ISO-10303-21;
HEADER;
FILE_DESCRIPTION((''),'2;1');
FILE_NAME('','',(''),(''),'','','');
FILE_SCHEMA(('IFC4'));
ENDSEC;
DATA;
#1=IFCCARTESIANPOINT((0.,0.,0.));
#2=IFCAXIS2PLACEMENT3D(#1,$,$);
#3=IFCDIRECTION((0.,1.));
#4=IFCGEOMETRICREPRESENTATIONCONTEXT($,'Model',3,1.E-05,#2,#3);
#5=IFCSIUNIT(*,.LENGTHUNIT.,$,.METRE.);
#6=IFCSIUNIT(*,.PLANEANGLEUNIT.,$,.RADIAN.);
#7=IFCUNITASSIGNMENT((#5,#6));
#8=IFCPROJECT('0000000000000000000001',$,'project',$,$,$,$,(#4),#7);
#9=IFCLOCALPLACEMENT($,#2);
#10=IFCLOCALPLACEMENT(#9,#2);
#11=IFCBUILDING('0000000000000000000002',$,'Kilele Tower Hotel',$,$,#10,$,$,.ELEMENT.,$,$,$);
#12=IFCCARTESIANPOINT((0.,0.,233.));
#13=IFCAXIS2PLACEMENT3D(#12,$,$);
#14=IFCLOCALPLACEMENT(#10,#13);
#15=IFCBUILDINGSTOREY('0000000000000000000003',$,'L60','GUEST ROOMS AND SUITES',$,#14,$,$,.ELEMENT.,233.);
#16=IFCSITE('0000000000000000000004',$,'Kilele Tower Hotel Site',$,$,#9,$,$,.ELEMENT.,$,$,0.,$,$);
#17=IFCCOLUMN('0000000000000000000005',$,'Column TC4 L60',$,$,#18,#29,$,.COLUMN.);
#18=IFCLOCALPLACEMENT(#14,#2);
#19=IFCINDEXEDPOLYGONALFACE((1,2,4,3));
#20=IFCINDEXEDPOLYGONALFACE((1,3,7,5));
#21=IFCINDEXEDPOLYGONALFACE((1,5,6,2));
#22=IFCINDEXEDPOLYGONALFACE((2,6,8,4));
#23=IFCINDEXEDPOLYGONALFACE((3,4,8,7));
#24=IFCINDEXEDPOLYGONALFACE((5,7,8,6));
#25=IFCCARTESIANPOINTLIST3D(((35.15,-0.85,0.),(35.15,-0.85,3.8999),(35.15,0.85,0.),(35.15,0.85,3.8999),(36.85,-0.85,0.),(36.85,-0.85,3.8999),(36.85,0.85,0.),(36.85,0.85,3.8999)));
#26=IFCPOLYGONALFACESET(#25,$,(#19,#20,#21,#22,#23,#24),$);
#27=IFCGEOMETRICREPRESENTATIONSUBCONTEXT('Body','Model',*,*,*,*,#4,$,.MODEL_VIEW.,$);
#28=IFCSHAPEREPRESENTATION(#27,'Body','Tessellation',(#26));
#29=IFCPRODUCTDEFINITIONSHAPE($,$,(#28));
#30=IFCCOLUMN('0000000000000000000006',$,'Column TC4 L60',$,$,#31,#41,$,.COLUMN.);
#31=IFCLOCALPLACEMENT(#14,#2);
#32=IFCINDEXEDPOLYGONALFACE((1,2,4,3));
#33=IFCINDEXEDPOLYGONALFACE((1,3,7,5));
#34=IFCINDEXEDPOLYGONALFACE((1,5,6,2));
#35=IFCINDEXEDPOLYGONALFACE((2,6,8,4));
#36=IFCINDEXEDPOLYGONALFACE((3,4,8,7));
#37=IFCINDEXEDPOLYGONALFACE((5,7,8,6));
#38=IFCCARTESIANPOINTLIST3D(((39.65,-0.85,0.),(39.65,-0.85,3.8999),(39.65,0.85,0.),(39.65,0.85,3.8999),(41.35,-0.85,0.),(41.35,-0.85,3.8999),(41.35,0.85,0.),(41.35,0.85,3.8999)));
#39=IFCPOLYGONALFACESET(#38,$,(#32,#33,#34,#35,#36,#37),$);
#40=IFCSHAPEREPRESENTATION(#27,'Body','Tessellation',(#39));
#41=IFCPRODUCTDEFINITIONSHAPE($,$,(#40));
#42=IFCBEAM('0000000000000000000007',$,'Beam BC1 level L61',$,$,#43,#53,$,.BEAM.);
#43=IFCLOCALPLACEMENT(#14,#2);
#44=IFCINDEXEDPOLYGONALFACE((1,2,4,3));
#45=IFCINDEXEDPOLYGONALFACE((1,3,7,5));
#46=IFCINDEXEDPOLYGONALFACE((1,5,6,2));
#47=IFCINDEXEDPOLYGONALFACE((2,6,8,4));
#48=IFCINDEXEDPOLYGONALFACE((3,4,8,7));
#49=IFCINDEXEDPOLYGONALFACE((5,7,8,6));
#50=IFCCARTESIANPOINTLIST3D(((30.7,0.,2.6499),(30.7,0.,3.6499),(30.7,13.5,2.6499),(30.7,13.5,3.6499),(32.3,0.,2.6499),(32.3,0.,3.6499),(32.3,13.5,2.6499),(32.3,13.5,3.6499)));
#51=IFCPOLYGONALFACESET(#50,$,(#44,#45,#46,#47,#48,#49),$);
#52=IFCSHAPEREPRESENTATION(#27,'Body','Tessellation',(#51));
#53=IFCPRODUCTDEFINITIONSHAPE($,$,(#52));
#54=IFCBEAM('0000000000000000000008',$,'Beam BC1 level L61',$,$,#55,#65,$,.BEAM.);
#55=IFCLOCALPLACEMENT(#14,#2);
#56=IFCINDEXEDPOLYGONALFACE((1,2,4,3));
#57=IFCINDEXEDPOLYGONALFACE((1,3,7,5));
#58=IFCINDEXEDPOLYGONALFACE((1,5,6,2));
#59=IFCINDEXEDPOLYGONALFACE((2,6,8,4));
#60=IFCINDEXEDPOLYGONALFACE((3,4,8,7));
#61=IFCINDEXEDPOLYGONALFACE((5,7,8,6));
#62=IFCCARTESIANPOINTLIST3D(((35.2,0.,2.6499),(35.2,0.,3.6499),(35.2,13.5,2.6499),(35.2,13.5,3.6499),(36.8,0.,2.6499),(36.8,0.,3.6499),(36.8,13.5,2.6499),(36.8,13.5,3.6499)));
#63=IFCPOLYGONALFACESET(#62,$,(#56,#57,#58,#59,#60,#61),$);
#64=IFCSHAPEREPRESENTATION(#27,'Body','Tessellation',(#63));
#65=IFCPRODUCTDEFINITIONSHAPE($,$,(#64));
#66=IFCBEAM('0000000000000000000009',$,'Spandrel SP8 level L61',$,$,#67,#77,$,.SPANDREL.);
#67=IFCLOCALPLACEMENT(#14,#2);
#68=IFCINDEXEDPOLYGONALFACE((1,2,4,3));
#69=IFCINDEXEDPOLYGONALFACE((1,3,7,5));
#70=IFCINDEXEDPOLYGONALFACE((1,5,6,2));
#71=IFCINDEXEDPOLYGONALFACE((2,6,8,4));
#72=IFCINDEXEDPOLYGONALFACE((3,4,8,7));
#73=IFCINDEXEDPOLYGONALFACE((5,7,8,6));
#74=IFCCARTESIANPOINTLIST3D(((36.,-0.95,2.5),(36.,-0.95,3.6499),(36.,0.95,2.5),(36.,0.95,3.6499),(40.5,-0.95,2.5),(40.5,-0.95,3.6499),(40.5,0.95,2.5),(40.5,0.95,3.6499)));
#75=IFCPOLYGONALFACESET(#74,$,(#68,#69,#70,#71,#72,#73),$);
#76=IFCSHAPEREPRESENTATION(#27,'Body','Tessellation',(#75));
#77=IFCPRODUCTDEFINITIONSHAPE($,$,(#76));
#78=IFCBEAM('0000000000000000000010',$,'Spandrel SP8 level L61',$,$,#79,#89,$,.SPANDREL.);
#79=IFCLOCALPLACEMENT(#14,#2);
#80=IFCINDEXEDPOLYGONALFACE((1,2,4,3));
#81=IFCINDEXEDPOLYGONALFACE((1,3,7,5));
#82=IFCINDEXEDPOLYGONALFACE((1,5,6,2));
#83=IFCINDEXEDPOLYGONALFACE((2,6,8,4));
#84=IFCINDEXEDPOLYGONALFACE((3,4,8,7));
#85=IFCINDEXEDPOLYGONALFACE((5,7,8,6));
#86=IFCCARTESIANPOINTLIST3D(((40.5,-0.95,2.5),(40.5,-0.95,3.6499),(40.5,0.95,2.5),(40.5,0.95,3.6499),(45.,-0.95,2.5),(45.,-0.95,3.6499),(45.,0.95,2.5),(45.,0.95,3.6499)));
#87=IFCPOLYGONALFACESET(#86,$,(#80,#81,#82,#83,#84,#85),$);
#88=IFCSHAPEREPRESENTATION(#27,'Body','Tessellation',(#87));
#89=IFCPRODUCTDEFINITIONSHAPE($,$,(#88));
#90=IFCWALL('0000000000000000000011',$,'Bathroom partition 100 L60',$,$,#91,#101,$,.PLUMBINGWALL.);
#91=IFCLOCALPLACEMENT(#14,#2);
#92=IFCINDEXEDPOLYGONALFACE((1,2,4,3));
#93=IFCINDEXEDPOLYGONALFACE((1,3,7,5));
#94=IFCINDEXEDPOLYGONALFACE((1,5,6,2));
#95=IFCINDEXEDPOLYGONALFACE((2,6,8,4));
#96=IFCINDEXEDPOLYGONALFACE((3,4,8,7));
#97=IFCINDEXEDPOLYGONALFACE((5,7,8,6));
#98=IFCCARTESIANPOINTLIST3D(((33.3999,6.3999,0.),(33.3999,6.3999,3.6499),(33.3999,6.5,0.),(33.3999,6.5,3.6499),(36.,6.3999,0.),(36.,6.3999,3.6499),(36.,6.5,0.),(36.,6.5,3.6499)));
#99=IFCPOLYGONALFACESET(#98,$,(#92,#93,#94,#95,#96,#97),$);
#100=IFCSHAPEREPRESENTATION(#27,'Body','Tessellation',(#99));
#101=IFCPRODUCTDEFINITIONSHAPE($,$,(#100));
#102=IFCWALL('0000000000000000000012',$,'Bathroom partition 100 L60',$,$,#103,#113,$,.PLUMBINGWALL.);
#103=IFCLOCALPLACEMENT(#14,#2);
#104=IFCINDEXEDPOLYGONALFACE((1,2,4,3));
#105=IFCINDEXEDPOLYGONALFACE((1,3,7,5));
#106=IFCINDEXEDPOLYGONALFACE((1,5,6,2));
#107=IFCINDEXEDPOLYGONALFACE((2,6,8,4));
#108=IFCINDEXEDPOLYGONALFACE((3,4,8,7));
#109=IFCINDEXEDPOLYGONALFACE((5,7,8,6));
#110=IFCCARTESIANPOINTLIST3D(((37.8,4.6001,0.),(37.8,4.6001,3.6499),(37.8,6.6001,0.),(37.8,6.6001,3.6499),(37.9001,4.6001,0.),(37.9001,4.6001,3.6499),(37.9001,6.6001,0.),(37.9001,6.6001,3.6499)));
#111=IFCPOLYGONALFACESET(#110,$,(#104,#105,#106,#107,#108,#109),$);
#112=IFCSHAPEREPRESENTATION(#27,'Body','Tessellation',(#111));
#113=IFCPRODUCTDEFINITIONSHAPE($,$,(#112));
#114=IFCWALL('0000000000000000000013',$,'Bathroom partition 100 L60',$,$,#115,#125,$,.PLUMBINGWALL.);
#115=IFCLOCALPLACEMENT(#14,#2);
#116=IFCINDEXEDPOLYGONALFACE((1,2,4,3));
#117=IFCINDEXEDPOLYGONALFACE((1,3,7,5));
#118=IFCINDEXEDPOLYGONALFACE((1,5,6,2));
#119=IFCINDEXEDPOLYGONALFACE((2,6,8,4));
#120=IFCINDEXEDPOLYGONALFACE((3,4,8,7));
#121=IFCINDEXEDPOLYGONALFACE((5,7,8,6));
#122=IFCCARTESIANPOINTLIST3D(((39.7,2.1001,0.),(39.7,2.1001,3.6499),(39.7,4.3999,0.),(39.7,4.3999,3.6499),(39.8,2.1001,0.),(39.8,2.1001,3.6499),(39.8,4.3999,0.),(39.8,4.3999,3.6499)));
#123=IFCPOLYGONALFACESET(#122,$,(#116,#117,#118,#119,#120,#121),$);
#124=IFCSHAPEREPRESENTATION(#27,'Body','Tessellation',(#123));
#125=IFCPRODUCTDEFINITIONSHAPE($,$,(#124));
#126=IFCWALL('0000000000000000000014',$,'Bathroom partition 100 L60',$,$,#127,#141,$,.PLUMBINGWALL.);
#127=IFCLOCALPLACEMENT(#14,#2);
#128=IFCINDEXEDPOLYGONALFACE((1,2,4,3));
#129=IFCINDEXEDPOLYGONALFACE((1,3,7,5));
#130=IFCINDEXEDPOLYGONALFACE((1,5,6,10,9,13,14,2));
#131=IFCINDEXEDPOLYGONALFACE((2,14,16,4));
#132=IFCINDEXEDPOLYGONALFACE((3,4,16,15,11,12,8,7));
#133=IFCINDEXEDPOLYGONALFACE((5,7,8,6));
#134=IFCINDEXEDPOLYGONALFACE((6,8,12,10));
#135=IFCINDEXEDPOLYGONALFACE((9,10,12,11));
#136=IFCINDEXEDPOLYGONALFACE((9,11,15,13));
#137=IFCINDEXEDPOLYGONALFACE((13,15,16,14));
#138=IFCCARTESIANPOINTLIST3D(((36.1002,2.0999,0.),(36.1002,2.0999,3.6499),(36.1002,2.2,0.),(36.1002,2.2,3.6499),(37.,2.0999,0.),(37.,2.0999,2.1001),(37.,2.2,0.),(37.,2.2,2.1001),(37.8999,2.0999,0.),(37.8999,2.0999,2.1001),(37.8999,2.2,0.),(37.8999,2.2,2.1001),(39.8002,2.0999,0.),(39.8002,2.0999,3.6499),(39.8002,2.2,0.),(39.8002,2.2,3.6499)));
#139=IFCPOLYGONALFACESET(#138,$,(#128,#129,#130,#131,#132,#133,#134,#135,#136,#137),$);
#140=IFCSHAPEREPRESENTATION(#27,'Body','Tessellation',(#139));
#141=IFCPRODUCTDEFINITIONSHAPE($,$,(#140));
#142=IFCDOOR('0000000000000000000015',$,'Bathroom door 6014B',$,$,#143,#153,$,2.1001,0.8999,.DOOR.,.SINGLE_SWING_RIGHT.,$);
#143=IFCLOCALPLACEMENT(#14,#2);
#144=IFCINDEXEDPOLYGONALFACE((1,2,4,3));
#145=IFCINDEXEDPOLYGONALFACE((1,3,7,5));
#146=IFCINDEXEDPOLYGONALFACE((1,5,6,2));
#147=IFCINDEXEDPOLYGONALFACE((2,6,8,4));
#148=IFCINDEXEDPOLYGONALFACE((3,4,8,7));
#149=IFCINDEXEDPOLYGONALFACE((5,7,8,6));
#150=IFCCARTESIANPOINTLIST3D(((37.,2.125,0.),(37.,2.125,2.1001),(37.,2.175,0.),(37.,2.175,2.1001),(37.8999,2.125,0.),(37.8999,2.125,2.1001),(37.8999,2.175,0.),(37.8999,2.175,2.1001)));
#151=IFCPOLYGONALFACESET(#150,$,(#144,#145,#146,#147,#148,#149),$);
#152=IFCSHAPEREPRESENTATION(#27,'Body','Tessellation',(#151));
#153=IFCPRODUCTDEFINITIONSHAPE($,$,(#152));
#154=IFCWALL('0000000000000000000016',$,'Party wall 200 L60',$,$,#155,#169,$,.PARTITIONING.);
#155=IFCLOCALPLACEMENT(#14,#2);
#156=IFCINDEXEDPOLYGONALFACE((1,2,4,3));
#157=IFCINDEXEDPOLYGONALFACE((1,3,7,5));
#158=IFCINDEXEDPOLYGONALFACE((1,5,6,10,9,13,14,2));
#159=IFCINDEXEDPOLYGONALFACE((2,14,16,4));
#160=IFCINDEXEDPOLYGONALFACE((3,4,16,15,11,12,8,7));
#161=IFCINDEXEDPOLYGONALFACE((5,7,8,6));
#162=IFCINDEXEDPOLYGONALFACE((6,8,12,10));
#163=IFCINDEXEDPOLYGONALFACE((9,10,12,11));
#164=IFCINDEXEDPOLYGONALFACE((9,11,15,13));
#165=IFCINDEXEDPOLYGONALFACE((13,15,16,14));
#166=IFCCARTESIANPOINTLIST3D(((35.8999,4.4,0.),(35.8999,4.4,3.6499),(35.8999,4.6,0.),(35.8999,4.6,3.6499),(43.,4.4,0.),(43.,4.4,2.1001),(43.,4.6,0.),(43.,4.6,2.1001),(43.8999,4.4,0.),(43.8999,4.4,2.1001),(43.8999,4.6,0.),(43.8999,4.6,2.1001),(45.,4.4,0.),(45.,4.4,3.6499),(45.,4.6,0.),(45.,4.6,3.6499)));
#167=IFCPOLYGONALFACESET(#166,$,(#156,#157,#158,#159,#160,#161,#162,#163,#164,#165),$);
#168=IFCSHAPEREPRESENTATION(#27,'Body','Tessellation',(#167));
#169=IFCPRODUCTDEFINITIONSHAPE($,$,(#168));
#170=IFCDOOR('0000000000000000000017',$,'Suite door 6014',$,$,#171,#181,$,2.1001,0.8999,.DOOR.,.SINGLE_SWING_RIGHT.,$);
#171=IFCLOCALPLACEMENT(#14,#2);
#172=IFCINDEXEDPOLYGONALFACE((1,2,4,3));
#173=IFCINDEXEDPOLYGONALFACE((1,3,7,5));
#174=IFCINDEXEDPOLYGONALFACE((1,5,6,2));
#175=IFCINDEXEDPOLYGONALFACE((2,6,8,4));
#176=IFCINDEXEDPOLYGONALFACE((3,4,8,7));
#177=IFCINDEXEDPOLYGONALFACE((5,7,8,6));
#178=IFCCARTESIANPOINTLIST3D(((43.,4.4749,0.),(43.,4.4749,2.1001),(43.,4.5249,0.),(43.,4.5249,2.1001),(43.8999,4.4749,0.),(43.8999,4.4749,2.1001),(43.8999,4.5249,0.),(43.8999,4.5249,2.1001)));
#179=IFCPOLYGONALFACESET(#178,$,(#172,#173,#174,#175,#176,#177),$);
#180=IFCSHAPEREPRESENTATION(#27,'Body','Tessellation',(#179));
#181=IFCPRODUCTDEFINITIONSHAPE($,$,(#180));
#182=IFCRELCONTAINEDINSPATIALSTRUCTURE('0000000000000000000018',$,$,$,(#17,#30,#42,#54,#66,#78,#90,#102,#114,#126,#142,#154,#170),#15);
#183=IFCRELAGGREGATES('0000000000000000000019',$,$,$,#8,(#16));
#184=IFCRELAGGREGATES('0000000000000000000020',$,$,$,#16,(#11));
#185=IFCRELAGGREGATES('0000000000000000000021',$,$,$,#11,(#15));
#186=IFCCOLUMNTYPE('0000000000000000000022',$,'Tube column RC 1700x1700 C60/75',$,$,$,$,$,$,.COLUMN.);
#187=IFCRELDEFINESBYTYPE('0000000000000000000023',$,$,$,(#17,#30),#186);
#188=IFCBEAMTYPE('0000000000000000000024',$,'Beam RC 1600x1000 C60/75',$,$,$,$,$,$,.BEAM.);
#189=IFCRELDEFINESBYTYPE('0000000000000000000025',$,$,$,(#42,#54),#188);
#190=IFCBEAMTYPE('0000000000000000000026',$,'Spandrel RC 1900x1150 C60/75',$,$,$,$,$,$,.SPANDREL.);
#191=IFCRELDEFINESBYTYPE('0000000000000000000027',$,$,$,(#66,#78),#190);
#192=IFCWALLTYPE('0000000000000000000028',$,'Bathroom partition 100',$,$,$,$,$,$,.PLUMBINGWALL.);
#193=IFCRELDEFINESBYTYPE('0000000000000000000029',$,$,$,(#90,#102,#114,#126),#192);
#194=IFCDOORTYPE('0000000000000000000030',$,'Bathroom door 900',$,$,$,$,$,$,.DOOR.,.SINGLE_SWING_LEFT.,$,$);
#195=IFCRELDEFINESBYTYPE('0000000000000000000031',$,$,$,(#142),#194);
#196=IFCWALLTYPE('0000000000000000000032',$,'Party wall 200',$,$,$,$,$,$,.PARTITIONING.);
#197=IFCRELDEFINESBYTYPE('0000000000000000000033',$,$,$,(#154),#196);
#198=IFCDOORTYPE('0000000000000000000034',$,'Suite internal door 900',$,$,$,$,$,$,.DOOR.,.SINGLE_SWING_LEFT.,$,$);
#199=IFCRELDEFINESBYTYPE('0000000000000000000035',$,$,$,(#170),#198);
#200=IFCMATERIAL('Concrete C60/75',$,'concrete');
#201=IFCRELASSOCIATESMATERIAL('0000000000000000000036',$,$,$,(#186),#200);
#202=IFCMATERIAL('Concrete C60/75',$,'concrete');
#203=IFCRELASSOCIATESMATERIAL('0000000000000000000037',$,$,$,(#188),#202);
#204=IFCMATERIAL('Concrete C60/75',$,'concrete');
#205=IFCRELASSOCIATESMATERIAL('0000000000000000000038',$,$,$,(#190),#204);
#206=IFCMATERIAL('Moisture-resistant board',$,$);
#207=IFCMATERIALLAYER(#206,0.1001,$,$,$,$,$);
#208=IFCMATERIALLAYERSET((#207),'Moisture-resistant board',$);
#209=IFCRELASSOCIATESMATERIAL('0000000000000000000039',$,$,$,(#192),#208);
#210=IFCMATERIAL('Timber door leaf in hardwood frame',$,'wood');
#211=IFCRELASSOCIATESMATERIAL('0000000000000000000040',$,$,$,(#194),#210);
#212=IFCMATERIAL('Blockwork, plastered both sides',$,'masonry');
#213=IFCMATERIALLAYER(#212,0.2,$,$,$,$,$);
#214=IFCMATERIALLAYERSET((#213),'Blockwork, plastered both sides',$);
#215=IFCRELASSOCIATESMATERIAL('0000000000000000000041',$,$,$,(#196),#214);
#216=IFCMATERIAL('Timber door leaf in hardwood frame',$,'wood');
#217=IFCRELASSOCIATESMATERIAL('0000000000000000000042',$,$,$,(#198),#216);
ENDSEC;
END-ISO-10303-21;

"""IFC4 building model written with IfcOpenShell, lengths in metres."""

from ifc_helpers import new_model, si_unit, direction, frame, frame_2d, origin, origin_2d, place, context, subcontext, project, spatial, rectangle, extrude, material, layer, layer_set, material_profile, profile_set, type_object, element, fill, save


model = new_model("IFC4")

# Units and contexts
model_context = context("Model", 3, precision=1e-05, world=origin(), true_north=direction((0.0, 1.0)))
body_context = subcontext(model_context, "Body", "Model", "MODEL_VIEW")
ifc_project = project(units=[si_unit("LENGTHUNIT", "METRE"), si_unit("PLANEANGLEUNIT", "RADIAN")], contexts=[model_context])

# Site, building, storey
site_placement = place(None, origin())
site = spatial("IfcSite", under=ifc_project, at=site_placement, Name="Kilele Tower Hotel Site", CompositionType="ELEMENT", RefElevation=0.0)
building_placement = place(site_placement, origin())
building = spatial("IfcBuilding", under=site, at=building_placement, Name="Kilele Tower Hotel", CompositionType="ELEMENT")
storey_placement = place(building_placement, frame((0.0, 0.0, 233.0)))
storey = spatial("IfcBuildingStorey", under=building, at=storey_placement, Name="L60", Description="GUEST ROOMS AND SUITES", CompositionType="ELEMENT", Elevation=233.0)

# Columns
ifc_material_1 = material(Name="Concrete C60/75", Category="concrete")
ifc_material_profile_1 = material_profile(ifc_material_1, rectangle(XDim=1.7, YDim=1.7, at=origin_2d()))
ifc_profile_set_1 = profile_set([ifc_material_profile_1], Name="Concrete C60/75")
column_type = type_object("IfcColumnType", Name="Tube column RC 1700x1700 C60/75", PredefinedType="COLUMN", material=ifc_profile_set_1)
for number, where, z_axis, x_axis, name in (
    (1, (36.0, 0.0, 0.0), (0.0, 0.0, 1.0), (1.0, 0.0, 0.0), "Column TC4 L60"),
    (2, (40.5, 0.0, 0.0), (0.0, 0.0, 1.0), (1.0, 0.0, 0.0), "Column TC4 L60"),
):
    element("IfcColumn", number, at=place(storey_placement, frame(where, z_axis=z_axis, x_axis=x_axis)), inside=storey, type_object=column_type, Name=name, PredefinedType="COLUMN", context=body_context, shape_type="SweptSolid", body=[
        extrude(rectangle(XDim=1.7, YDim=1.7, at=origin_2d()), origin(), (0.0, 0.0, 1.0), 3.8999),
    ])

# Beams
ifc_material_2 = material(Name="Concrete C60/75", Category="concrete")
ifc_material_profile_2 = material_profile(ifc_material_2, rectangle(XDim=1.6001, YDim=1.0, at=origin_2d()))
ifc_profile_set_2 = profile_set([ifc_material_profile_2], Name="Concrete C60/75")
beam_type_1 = type_object("IfcBeamType", Name="Beam RC 1600x1000 C60/75", PredefinedType="BEAM", material=ifc_profile_set_2)
for number, where, z_axis, x_axis, name in (
    (3, (31.5, 0.0, 3.1499), (0.0, 1.0, 0.0), (-1.0, 0.0, 0.0), "Beam BC1 level L61"),
    (4, (36.0, 0.0, 3.1499), (0.0, 1.0, 0.0), (-1.0, 0.0, 0.0), "Beam BC1 level L61"),
):
    element("IfcBeam", number, at=place(storey_placement, frame(where, z_axis=z_axis, x_axis=x_axis)), inside=storey, type_object=beam_type_1, Name=name, PredefinedType="BEAM", context=body_context, shape_type="SweptSolid", body=[
        extrude(rectangle(XDim=1.6001, YDim=1.0, at=origin_2d()), origin(), (0.0, 0.0, 1.0), 13.5),
    ])
ifc_material_3 = material(Name="Concrete C60/75", Category="concrete")
ifc_material_profile_3 = material_profile(ifc_material_3, rectangle(XDim=1.8999, YDim=1.1499, at=origin_2d()))
ifc_profile_set_3 = profile_set([ifc_material_profile_3], Name="Concrete C60/75")
beam_type_2 = type_object("IfcBeamType", Name="Spandrel RC 1900x1150 C60/75", PredefinedType="SPANDREL", material=ifc_profile_set_3)
for number, where, z_axis, x_axis, name in (
    (5, (36.0, 0.0, 3.075), (1.0, 0.0, 0.0), (0.0, 1.0, 0.0), "Spandrel SP8 level L61"),
    (6, (40.5, 0.0, 3.075), (1.0, 0.0, 0.0), (0.0, 1.0, 0.0), "Spandrel SP8 level L61"),
):
    element("IfcBeam", number, at=place(storey_placement, frame(where, z_axis=z_axis, x_axis=x_axis)), inside=storey, type_object=beam_type_2, Name=name, PredefinedType="SPANDREL", context=body_context, shape_type="SweptSolid", body=[
        extrude(rectangle(XDim=1.8999, YDim=1.1499, at=origin_2d()), origin(), (0.0, 0.0, 1.0), 4.5),
    ])

# Walls
ifc_material_4 = material(Name="Moisture-resistant board")
ifc_layer_1 = layer(ifc_material_4, 0.1001)
ifc_layer_set_1 = layer_set([ifc_layer_1], Name="Moisture-resistant board")
wall_type_1 = type_object("IfcWallType", Name="Bathroom partition 100", PredefinedType="PLUMBINGWALL", material=ifc_layer_set_1)
wall_1_placement = place(storey_placement, frame((33.3999, 6.45, 0.0), z_axis=(0.0, 0.0, 1.0), x_axis=(1.0, 0.0, 0.0)))
element("IfcWall", 7, at=wall_1_placement, inside=storey, type_object=wall_type_1, Name="Bathroom partition 100 L60", PredefinedType="PLUMBINGWALL", context=body_context, shape_type="SweptSolid", body=[
    extrude(rectangle(XDim=2.6001, YDim=0.1001, at=frame_2d((1.3, 0.0))), origin(), (0.0, 0.0, 1.0), 3.6499),
])
wall_2_placement = place(storey_placement, frame((37.8501, 4.6001, 0.0), z_axis=(0.0, 0.0, 1.0), x_axis=(0.0, 1.0, 0.0)))
element("IfcWall", 8, at=wall_2_placement, inside=storey, type_object=wall_type_1, Name="Bathroom partition 100 L60", PredefinedType="PLUMBINGWALL", context=body_context, shape_type="SweptSolid", body=[
    extrude(rectangle(XDim=2.0, YDim=0.1001, at=frame_2d((1.0, 0.0))), origin(), (0.0, 0.0, 1.0), 3.6499),
])
wall_3_placement = place(storey_placement, frame((39.75, 4.3999, 0.0), z_axis=(0.0, 0.0, 1.0), x_axis=(0.0, -1.0, 0.0)))
element("IfcWall", 9, at=wall_3_placement, inside=storey, type_object=wall_type_1, Name="Bathroom partition 100 L60", PredefinedType="PLUMBINGWALL", context=body_context, shape_type="SweptSolid", body=[
    extrude(rectangle(XDim=2.2998, YDim=0.1001, at=frame_2d((1.1499, 0.0))), origin(), (0.0, 0.0, 1.0), 3.6499),
])

# Walls, openings, doors
wall_4_placement = place(storey_placement, frame((36.1001, 2.1499, 0.0), z_axis=(0.0, 0.0, 1.0), x_axis=(1.0, 0.0, 0.0)))
wall_4 = element("IfcWall", 10, at=wall_4_placement, inside=storey, type_object=wall_type_1, Name="Bathroom partition 100 L60", PredefinedType="PLUMBINGWALL", context=body_context, shape_type="SweptSolid", body=[
    extrude(rectangle(XDim=3.7, YDim=0.1001, at=frame_2d((1.8501, 0.0))), origin(), (0.0, 0.0, 1.0), 3.6499),
])
opening_1_placement = place(wall_4_placement, frame((1.7998, 0.0, 0.0), z_axis=(0.0, 0.0, 1.0), x_axis=(-1.0, 0.0, 0.0)))
opening_1 = element("IfcOpeningElement", 11, at=opening_1_placement, cuts=wall_4, PredefinedType="OPENING", context=body_context, shape_type="SweptSolid", body=[
    extrude(rectangle(XDim=0.8999, YDim=2.1001, at=frame_2d((0.45, 1.05))), frame((0.0, 0.0601, 0.0), z_axis=(0.0, -1.0, 0.0), x_axis=(1.0, 0.0, 0.0)), (0.0, 0.0, 1.0), 0.1201),
])
ifc_material_5 = material(Name="Timber door leaf in hardwood frame", Category="wood")
door_type_1 = type_object("IfcDoorType", Name="Bathroom door 900", OperationType="SINGLE_SWING_LEFT", PredefinedType="DOOR", material=ifc_material_5)
door_1_placement = place(opening_1_placement, origin())
door_1 = element("IfcDoor", 12, at=door_1_placement, inside=storey, type_object=door_type_1, Name="Bathroom door 6014B", OperationType="SINGLE_SWING_RIGHT", OverallHeight=2.1001, OverallWidth=0.8999, PredefinedType="DOOR", context=body_context, shape_type="SweptSolid", body=[
    extrude(rectangle(XDim=0.8999, YDim=2.1001, at=frame_2d((0.45, 1.05))), frame((0.0, 0.0249, 0.0), z_axis=(0.0, -1.0, 0.0), x_axis=(1.0, 0.0, 0.0)), (0.0, 0.0, 1.0), 0.05),
])
fill(opening_1, door_1)
ifc_material_6 = material(Name="Blockwork, plastered both sides", Category="masonry")
ifc_layer_2 = layer(ifc_material_6, 0.2)
ifc_layer_set_2 = layer_set([ifc_layer_2], Name="Blockwork, plastered both sides")
wall_type_2 = type_object("IfcWallType", Name="Party wall 200", PredefinedType="PARTITIONING", material=ifc_layer_set_2)
wall_5_placement = place(storey_placement, frame((35.8999, 4.5, 0.0), z_axis=(0.0, 0.0, 1.0), x_axis=(1.0, 0.0, 0.0)))
wall_5 = element("IfcWall", 13, at=wall_5_placement, inside=storey, type_object=wall_type_2, Name="Party wall 200 L60", PredefinedType="PARTITIONING", context=body_context, shape_type="SweptSolid", body=[
    extrude(rectangle(XDim=9.1001, YDim=0.2, at=frame_2d((4.55, 0.0))), origin(), (0.0, 0.0, 1.0), 3.6499),
])
opening_2_placement = place(wall_5_placement, frame((7.1001, 0.0, 0.0)))
opening_2 = element("IfcOpeningElement", 14, at=opening_2_placement, cuts=wall_5, PredefinedType="OPENING", context=body_context, shape_type="SweptSolid", body=[
    extrude(rectangle(XDim=0.8999, YDim=2.1001, at=frame_2d((0.45, 1.05))), frame((0.0, 0.1099, 0.0), z_axis=(0.0, -1.0, 0.0), x_axis=(1.0, 0.0, 0.0)), (0.0, 0.0, 1.0), 0.22),
])
ifc_material_7 = material(Name="Timber door leaf in hardwood frame", Category="wood")
door_type_2 = type_object("IfcDoorType", Name="Suite internal door 900", OperationType="SINGLE_SWING_LEFT", PredefinedType="DOOR", material=ifc_material_7)
door_2_placement = place(opening_2_placement, origin())
door_2 = element("IfcDoor", 15, at=door_2_placement, inside=storey, type_object=door_type_2, Name="Suite door 6014", OperationType="SINGLE_SWING_RIGHT", OverallHeight=2.1001, OverallWidth=0.8999, PredefinedType="DOOR", context=body_context, shape_type="SweptSolid", body=[
    extrude(rectangle(XDim=0.8999, YDim=2.1001, at=frame_2d((0.45, 1.05))), frame((0.0, 0.0249, 0.0), z_axis=(0.0, -1.0, 0.0), x_axis=(1.0, 0.0, 0.0)), (0.0, 0.0, 1.0), 0.05),
])
fill(opening_2, door_2)

save(model, "model.ifc")
